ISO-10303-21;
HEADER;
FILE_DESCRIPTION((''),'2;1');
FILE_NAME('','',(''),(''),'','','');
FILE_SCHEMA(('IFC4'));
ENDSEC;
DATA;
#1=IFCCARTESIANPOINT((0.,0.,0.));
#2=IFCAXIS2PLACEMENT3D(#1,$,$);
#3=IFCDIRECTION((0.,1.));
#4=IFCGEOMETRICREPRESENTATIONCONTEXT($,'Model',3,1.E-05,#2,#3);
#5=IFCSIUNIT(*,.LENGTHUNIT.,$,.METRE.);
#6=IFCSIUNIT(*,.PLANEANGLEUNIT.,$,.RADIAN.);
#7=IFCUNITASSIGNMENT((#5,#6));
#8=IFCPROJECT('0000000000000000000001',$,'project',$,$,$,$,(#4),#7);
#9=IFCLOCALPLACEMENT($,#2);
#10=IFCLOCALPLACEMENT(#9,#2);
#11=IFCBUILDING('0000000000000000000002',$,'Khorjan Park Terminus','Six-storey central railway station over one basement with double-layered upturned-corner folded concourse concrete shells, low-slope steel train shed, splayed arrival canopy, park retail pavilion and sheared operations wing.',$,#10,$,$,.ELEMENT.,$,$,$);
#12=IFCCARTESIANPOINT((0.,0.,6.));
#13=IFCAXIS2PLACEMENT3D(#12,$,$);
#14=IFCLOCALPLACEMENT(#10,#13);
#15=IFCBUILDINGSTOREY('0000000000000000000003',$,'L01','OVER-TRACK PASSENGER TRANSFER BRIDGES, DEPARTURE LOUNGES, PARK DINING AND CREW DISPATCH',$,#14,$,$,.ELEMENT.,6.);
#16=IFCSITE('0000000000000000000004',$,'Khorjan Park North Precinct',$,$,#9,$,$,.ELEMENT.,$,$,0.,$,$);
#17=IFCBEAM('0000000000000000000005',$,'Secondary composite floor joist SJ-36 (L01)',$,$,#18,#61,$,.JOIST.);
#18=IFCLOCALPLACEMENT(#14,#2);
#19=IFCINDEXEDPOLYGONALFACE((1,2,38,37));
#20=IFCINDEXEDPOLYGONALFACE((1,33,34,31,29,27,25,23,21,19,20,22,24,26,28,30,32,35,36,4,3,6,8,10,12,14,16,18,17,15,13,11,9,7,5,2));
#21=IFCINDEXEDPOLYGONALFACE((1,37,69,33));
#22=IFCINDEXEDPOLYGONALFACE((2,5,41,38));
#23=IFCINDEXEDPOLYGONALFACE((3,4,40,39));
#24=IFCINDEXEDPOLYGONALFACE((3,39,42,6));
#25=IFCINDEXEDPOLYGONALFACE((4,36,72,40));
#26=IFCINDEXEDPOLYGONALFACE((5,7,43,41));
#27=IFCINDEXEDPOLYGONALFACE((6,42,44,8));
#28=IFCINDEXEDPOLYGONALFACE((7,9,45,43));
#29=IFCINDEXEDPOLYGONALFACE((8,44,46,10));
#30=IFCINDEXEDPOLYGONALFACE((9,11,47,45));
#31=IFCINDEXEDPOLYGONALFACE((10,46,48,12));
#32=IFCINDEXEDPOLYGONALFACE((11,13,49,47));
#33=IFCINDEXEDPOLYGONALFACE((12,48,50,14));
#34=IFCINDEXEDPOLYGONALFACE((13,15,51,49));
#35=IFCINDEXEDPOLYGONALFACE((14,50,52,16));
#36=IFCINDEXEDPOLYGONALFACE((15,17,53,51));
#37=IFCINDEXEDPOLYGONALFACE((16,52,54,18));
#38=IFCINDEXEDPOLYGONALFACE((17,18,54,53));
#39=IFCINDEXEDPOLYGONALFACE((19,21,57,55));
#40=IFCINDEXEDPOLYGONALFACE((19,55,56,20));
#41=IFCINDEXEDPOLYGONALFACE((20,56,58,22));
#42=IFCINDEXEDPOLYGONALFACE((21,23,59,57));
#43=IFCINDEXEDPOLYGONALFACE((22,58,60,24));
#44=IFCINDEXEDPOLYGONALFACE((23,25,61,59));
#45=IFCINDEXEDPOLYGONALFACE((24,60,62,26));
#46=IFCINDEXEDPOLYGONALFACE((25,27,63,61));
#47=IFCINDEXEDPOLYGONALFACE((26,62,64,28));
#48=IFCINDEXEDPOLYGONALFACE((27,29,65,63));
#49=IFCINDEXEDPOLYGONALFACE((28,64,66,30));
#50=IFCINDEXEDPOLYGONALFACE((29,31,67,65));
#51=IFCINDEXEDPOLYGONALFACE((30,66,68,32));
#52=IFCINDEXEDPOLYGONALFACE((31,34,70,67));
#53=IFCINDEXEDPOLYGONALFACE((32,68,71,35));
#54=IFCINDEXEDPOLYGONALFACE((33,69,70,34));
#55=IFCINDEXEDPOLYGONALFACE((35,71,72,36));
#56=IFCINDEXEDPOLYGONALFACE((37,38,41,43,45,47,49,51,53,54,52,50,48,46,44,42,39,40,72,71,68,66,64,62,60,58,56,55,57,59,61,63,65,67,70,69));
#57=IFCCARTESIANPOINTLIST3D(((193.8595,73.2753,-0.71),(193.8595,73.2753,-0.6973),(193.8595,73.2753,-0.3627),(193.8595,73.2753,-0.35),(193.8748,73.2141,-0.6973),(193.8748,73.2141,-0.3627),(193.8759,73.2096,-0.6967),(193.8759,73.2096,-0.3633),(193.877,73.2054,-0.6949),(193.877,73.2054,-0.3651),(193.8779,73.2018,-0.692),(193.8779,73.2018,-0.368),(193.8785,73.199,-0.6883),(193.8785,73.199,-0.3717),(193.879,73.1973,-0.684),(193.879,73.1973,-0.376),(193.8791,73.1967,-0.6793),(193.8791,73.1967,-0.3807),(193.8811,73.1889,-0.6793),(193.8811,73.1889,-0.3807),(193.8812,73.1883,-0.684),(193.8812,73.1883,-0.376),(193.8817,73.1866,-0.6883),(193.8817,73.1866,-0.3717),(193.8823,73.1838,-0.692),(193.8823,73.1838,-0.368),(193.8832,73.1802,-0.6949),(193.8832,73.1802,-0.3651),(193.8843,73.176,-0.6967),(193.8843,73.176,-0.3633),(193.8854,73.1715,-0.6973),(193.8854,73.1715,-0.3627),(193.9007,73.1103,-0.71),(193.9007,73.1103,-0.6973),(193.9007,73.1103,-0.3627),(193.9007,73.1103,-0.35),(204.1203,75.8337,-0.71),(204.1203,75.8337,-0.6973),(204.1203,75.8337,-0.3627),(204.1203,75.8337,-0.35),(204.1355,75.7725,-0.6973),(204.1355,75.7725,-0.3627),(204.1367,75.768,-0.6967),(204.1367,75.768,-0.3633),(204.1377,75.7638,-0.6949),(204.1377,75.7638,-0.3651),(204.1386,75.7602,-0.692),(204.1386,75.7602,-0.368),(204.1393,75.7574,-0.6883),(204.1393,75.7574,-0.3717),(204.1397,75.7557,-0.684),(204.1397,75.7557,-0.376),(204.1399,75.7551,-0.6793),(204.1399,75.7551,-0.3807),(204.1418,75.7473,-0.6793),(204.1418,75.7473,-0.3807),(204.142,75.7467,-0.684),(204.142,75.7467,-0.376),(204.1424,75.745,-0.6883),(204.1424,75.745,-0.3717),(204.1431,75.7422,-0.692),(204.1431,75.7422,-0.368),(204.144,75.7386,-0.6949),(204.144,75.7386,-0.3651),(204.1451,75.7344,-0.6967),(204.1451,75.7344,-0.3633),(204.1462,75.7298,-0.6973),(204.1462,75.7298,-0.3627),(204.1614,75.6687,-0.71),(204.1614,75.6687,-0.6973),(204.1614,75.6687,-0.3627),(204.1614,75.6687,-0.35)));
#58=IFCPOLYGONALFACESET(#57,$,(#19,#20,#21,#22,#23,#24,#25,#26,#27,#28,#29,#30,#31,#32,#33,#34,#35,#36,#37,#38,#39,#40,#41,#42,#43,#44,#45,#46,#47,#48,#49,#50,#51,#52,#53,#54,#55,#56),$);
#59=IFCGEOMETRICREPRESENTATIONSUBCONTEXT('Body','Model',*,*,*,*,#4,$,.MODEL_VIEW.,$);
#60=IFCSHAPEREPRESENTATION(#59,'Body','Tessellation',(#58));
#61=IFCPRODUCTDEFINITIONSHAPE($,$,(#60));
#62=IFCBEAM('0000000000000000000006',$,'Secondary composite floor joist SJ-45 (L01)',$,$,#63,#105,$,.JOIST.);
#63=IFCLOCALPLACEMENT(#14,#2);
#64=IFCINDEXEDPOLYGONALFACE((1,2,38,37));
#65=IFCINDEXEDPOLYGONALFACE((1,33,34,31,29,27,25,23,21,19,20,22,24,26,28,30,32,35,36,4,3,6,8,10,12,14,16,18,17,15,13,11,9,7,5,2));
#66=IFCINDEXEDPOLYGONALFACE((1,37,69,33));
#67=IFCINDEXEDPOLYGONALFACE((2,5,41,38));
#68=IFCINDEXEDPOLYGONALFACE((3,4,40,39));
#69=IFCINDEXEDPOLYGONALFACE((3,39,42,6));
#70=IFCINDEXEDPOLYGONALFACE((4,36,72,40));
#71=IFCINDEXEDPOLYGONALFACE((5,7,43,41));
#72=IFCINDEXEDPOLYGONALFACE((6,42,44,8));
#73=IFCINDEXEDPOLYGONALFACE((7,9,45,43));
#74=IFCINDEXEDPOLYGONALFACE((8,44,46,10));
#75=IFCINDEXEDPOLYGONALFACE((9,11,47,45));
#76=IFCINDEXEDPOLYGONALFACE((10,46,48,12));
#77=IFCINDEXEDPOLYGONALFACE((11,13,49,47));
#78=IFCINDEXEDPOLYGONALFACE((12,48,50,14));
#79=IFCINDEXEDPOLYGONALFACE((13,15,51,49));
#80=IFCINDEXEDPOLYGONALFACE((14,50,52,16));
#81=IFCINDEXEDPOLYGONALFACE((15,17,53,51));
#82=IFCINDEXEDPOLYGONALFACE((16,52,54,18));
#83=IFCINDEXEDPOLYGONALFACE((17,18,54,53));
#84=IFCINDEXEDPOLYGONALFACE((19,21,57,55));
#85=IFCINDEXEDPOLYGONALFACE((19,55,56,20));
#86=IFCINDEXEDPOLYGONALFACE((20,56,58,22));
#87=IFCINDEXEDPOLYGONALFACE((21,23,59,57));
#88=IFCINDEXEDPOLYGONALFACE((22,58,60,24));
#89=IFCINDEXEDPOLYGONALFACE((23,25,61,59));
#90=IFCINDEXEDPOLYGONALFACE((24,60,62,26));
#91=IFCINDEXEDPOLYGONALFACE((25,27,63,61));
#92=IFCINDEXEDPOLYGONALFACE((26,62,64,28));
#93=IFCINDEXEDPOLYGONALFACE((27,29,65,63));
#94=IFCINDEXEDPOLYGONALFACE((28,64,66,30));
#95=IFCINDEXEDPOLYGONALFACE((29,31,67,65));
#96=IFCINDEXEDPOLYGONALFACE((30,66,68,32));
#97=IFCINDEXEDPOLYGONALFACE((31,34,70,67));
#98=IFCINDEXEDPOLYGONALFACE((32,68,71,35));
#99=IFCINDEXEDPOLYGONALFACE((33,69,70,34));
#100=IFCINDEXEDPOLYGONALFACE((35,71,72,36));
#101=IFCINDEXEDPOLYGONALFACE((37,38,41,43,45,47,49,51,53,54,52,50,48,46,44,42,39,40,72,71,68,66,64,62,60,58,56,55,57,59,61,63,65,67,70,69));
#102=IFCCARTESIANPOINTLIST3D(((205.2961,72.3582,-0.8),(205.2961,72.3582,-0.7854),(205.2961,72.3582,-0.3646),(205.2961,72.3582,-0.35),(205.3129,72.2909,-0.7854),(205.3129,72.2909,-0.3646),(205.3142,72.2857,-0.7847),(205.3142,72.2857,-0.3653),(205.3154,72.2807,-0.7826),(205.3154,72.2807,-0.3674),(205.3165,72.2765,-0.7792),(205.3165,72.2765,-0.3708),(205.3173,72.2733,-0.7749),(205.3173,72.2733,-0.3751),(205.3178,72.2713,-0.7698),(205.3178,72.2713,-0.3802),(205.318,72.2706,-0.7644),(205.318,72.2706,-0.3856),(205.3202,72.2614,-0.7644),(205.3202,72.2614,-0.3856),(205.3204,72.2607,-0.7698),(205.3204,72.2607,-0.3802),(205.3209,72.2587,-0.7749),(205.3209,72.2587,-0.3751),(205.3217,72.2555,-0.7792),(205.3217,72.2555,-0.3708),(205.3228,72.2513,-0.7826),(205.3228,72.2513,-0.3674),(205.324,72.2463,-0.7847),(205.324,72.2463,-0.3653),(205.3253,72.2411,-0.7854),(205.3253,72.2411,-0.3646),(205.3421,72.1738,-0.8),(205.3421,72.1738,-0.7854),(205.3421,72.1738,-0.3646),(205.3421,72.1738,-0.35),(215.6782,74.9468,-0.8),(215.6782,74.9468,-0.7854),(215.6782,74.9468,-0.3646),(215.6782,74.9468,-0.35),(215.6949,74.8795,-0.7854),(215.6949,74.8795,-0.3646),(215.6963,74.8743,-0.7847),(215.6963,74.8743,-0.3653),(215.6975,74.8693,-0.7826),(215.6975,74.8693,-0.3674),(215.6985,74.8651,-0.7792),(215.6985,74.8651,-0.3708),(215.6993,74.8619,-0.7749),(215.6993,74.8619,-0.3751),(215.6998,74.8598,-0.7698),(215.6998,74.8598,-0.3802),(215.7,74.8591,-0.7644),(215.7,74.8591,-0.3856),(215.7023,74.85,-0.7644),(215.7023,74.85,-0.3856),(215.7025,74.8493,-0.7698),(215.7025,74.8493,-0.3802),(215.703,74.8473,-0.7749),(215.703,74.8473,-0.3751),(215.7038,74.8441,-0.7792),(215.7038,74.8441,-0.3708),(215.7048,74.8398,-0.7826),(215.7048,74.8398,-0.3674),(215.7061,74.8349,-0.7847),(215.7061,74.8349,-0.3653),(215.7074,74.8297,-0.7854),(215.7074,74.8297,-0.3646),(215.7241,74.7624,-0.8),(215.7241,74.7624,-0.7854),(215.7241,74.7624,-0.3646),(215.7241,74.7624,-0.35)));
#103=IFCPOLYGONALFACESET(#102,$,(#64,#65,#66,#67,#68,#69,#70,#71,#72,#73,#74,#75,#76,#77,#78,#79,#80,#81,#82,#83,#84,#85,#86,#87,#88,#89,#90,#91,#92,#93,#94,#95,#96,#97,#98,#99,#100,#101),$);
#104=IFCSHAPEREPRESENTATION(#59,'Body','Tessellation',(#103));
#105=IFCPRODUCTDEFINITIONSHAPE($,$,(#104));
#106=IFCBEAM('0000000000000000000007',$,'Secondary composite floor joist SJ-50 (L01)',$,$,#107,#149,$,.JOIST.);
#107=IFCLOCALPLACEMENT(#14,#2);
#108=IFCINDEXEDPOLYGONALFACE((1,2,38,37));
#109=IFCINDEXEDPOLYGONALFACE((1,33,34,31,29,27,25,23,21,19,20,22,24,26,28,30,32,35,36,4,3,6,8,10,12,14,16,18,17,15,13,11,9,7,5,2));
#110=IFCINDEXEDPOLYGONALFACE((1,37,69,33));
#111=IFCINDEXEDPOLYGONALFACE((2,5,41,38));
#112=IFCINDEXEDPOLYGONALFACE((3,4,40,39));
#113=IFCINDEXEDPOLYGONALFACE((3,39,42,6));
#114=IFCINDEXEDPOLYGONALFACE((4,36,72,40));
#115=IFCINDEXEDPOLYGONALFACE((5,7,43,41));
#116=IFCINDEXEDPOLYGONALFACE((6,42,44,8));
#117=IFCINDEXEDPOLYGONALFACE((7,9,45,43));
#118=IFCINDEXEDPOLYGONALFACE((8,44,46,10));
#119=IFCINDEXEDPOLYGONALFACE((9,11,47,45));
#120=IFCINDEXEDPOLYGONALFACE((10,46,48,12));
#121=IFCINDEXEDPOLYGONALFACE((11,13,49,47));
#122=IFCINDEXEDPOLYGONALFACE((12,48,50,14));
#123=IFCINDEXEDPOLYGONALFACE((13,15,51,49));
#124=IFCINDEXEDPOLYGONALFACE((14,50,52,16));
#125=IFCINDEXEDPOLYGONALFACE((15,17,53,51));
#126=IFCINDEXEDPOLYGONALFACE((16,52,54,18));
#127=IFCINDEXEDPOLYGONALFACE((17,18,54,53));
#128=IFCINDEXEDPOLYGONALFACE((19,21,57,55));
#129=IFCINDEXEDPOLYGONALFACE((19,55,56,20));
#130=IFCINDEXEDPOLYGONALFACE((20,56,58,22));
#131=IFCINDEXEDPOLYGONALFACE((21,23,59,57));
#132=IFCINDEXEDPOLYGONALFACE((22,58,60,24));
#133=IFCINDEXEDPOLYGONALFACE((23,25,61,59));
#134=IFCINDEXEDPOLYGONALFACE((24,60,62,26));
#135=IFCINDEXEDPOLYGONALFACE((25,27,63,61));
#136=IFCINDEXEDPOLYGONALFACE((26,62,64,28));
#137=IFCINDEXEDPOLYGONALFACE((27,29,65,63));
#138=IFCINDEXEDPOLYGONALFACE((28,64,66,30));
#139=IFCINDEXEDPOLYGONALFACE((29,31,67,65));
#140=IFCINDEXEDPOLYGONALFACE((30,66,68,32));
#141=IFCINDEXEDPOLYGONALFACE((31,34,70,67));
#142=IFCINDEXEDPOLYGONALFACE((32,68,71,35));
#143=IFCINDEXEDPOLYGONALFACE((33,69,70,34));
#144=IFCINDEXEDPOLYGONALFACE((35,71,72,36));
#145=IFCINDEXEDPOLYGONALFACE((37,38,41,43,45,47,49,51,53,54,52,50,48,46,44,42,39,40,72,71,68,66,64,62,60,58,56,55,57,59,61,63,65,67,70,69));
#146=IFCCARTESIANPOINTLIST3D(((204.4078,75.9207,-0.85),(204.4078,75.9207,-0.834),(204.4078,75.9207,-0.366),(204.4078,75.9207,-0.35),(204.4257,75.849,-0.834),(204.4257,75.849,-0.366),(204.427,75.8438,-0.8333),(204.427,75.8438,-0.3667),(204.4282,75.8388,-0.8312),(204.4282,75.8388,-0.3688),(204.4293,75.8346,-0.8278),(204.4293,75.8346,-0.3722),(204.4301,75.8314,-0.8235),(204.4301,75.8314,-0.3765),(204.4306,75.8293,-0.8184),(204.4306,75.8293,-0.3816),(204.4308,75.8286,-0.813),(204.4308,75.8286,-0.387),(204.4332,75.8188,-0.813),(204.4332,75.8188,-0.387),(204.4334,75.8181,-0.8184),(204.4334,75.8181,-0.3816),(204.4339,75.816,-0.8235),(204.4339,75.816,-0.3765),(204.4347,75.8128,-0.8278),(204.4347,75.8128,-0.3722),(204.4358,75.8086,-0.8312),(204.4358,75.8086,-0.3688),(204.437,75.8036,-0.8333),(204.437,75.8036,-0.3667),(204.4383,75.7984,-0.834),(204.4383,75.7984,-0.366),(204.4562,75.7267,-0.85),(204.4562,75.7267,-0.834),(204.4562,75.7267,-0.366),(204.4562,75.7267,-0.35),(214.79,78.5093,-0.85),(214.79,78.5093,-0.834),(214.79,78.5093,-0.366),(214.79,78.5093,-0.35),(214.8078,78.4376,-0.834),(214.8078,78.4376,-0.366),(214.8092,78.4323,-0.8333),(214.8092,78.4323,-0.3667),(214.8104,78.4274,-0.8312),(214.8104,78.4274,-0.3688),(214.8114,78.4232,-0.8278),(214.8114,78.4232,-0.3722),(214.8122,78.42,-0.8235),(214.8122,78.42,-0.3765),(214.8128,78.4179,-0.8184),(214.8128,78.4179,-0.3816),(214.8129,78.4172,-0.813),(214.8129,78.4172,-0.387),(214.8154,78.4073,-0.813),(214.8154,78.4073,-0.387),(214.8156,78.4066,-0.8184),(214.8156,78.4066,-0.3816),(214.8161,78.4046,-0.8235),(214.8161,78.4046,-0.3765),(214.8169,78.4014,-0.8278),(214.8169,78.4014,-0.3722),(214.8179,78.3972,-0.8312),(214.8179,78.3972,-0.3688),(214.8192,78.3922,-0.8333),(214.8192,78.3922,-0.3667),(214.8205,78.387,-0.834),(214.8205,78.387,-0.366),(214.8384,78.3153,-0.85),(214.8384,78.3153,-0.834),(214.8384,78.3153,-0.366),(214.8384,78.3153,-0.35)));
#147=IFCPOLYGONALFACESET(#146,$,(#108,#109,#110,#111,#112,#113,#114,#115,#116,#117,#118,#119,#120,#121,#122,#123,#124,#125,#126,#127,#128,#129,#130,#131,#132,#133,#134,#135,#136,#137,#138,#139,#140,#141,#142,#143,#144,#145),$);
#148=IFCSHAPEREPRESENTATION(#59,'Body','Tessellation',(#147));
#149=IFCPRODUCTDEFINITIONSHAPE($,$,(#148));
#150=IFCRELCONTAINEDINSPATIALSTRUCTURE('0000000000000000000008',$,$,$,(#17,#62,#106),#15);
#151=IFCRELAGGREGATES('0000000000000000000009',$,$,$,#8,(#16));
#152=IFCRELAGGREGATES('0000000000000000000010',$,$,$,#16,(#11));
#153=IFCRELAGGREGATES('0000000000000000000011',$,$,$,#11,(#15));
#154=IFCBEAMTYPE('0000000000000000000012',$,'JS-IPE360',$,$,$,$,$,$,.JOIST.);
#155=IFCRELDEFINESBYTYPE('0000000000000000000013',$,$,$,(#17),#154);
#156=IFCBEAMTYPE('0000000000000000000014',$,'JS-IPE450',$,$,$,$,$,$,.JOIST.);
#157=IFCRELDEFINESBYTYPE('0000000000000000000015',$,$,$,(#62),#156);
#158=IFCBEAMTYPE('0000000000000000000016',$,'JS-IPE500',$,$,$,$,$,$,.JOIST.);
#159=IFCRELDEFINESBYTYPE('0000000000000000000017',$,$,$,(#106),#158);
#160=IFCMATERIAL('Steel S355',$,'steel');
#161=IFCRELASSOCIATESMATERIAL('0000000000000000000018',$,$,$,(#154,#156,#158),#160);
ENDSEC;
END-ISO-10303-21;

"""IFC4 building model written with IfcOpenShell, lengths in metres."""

from ifc_helpers import new_model, si_unit, direction, frame, origin, origin_2d, place, context, subcontext, project, spatial, i_section, extrude, material, material_profile, profile_set, type_object, element, save


model = new_model("IFC4")

# Units and contexts
model_context = context("Model", 3, precision=1e-05, world=origin(), true_north=direction((0.0, 1.0)))
body_context = subcontext(model_context, "Body", "Model", "MODEL_VIEW")
ifc_project = project(units=[si_unit("LENGTHUNIT", "METRE"), si_unit("PLANEANGLEUNIT", "RADIAN")], contexts=[model_context])

# Site, building, storey
site_placement = place(None, origin())
site = spatial("IfcSite", under=ifc_project, at=site_placement, Name="Khorjan Park North Precinct", CompositionType="ELEMENT", RefElevation=0.0)
building_placement = place(site_placement, origin())
building = spatial("IfcBuilding", under=site, at=building_placement, Name="Khorjan Park Terminus", Description="Six-storey central railway station over one basement with double-layered upturned-corner folded concourse concrete shells, low-slope steel train shed, splayed arrival canopy, park retail pavilion and sheared operations wing.", CompositionType="ELEMENT")
storey_placement = place(building_placement, frame((0.0, 0.0, 6.0)))
storey = spatial("IfcBuildingStorey", under=building, at=storey_placement, Name="L01", Description="OVER-TRACK PASSENGER TRANSFER BRIDGES, DEPARTURE LOUNGES, PARK DINING AND CREW DISPATCH", CompositionType="ELEMENT", Elevation=6.0)

# Beams
ifc_material_1 = material(Name="Steel S355", Category="steel")
ifc_material_profile_1 = material_profile(ifc_material_1, i_section(OverallWidth=0.17, OverallDepth=0.36, WebThickness=0.008, FlangeThickness=0.0127, FilletRadius=0.018, at=origin_2d()), Name="IPE 360")
ifc_profile_set_1 = profile_set([ifc_material_profile_1], Name="Steel S355")
beam_type_1 = type_object("IfcBeamType", Name="JS-IPE360", PredefinedType="JOIST", material=ifc_profile_set_1)
beam_1_placement = place(storey_placement, frame((193.8801, 73.1928, -0.53), z_axis=(0.970294, 0.24193, 0.0), x_axis=(-0.24193, 0.970294, 0.0)))
element("IfcBeam", 1, at=beam_1_placement, inside=storey, type_object=beam_type_1, Name="Secondary composite floor joist SJ-36 (L01)", PredefinedType="JOIST", context=body_context, shape_type="SweptSolid", body=[
    extrude(i_section(OverallWidth=0.17, OverallDepth=0.36, WebThickness=0.008, FlangeThickness=0.0127, FilletRadius=0.018, at=origin_2d()), origin(), (0.0, 0.0, 1.0), 10.5749),
])
ifc_material_profile_2 = material_profile(ifc_material_1, i_section(OverallWidth=0.19, OverallDepth=0.45, WebThickness=0.0094, FlangeThickness=0.0146, FilletRadius=0.021, at=origin_2d()), Name="IPE 450")
ifc_profile_set_2 = profile_set([ifc_material_profile_2], Name="Steel S355")
beam_type_2 = type_object("IfcBeamType", Name="JS-IPE450", PredefinedType="JOIST", material=ifc_profile_set_2)
beam_2_placement = place(storey_placement, frame((205.3191, 72.266, -0.575), z_axis=(0.970295, 0.241926, 0.0), x_axis=(-0.241926, 0.970295, 0.0)))
element("IfcBeam", 2, at=beam_2_placement, inside=storey, type_object=beam_type_2, Name="Secondary composite floor joist SJ-45 (L01)", PredefinedType="JOIST", context=body_context, shape_type="SweptSolid", body=[
    extrude(i_section(OverallWidth=0.19, OverallDepth=0.45, WebThickness=0.0094, FlangeThickness=0.0146, FilletRadius=0.021, at=origin_2d()), origin(), (0.0, 0.0, 1.0), 10.6999),
])
ifc_material_profile_3 = material_profile(ifc_material_1, i_section(OverallWidth=0.2, OverallDepth=0.5, WebThickness=0.0102, FlangeThickness=0.016, FilletRadius=0.021, at=origin_2d()), Name="IPE 500")
ifc_profile_set_3 = profile_set([ifc_material_profile_3], Name="Steel S355")
beam_type_3 = type_object("IfcBeamType", Name="JS-IPE500", PredefinedType="JOIST", material=ifc_profile_set_3)
beam_3_placement = place(storey_placement, frame((204.432, 75.8237, -0.6), z_axis=(0.970295, 0.241924, 0.0), x_axis=(-0.241924, 0.970295, 0.0)))
element("IfcBeam", 3, at=beam_3_placement, inside=storey, type_object=beam_type_3, Name="Secondary composite floor joist SJ-50 (L01)", PredefinedType="JOIST", context=body_context, shape_type="SweptSolid", body=[
    extrude(i_section(OverallWidth=0.2, OverallDepth=0.5, WebThickness=0.0102, FlangeThickness=0.016, FilletRadius=0.021, at=origin_2d()), origin(), (0.0, 0.0, 1.0), 10.7),
])

save(model, "model.ifc")
